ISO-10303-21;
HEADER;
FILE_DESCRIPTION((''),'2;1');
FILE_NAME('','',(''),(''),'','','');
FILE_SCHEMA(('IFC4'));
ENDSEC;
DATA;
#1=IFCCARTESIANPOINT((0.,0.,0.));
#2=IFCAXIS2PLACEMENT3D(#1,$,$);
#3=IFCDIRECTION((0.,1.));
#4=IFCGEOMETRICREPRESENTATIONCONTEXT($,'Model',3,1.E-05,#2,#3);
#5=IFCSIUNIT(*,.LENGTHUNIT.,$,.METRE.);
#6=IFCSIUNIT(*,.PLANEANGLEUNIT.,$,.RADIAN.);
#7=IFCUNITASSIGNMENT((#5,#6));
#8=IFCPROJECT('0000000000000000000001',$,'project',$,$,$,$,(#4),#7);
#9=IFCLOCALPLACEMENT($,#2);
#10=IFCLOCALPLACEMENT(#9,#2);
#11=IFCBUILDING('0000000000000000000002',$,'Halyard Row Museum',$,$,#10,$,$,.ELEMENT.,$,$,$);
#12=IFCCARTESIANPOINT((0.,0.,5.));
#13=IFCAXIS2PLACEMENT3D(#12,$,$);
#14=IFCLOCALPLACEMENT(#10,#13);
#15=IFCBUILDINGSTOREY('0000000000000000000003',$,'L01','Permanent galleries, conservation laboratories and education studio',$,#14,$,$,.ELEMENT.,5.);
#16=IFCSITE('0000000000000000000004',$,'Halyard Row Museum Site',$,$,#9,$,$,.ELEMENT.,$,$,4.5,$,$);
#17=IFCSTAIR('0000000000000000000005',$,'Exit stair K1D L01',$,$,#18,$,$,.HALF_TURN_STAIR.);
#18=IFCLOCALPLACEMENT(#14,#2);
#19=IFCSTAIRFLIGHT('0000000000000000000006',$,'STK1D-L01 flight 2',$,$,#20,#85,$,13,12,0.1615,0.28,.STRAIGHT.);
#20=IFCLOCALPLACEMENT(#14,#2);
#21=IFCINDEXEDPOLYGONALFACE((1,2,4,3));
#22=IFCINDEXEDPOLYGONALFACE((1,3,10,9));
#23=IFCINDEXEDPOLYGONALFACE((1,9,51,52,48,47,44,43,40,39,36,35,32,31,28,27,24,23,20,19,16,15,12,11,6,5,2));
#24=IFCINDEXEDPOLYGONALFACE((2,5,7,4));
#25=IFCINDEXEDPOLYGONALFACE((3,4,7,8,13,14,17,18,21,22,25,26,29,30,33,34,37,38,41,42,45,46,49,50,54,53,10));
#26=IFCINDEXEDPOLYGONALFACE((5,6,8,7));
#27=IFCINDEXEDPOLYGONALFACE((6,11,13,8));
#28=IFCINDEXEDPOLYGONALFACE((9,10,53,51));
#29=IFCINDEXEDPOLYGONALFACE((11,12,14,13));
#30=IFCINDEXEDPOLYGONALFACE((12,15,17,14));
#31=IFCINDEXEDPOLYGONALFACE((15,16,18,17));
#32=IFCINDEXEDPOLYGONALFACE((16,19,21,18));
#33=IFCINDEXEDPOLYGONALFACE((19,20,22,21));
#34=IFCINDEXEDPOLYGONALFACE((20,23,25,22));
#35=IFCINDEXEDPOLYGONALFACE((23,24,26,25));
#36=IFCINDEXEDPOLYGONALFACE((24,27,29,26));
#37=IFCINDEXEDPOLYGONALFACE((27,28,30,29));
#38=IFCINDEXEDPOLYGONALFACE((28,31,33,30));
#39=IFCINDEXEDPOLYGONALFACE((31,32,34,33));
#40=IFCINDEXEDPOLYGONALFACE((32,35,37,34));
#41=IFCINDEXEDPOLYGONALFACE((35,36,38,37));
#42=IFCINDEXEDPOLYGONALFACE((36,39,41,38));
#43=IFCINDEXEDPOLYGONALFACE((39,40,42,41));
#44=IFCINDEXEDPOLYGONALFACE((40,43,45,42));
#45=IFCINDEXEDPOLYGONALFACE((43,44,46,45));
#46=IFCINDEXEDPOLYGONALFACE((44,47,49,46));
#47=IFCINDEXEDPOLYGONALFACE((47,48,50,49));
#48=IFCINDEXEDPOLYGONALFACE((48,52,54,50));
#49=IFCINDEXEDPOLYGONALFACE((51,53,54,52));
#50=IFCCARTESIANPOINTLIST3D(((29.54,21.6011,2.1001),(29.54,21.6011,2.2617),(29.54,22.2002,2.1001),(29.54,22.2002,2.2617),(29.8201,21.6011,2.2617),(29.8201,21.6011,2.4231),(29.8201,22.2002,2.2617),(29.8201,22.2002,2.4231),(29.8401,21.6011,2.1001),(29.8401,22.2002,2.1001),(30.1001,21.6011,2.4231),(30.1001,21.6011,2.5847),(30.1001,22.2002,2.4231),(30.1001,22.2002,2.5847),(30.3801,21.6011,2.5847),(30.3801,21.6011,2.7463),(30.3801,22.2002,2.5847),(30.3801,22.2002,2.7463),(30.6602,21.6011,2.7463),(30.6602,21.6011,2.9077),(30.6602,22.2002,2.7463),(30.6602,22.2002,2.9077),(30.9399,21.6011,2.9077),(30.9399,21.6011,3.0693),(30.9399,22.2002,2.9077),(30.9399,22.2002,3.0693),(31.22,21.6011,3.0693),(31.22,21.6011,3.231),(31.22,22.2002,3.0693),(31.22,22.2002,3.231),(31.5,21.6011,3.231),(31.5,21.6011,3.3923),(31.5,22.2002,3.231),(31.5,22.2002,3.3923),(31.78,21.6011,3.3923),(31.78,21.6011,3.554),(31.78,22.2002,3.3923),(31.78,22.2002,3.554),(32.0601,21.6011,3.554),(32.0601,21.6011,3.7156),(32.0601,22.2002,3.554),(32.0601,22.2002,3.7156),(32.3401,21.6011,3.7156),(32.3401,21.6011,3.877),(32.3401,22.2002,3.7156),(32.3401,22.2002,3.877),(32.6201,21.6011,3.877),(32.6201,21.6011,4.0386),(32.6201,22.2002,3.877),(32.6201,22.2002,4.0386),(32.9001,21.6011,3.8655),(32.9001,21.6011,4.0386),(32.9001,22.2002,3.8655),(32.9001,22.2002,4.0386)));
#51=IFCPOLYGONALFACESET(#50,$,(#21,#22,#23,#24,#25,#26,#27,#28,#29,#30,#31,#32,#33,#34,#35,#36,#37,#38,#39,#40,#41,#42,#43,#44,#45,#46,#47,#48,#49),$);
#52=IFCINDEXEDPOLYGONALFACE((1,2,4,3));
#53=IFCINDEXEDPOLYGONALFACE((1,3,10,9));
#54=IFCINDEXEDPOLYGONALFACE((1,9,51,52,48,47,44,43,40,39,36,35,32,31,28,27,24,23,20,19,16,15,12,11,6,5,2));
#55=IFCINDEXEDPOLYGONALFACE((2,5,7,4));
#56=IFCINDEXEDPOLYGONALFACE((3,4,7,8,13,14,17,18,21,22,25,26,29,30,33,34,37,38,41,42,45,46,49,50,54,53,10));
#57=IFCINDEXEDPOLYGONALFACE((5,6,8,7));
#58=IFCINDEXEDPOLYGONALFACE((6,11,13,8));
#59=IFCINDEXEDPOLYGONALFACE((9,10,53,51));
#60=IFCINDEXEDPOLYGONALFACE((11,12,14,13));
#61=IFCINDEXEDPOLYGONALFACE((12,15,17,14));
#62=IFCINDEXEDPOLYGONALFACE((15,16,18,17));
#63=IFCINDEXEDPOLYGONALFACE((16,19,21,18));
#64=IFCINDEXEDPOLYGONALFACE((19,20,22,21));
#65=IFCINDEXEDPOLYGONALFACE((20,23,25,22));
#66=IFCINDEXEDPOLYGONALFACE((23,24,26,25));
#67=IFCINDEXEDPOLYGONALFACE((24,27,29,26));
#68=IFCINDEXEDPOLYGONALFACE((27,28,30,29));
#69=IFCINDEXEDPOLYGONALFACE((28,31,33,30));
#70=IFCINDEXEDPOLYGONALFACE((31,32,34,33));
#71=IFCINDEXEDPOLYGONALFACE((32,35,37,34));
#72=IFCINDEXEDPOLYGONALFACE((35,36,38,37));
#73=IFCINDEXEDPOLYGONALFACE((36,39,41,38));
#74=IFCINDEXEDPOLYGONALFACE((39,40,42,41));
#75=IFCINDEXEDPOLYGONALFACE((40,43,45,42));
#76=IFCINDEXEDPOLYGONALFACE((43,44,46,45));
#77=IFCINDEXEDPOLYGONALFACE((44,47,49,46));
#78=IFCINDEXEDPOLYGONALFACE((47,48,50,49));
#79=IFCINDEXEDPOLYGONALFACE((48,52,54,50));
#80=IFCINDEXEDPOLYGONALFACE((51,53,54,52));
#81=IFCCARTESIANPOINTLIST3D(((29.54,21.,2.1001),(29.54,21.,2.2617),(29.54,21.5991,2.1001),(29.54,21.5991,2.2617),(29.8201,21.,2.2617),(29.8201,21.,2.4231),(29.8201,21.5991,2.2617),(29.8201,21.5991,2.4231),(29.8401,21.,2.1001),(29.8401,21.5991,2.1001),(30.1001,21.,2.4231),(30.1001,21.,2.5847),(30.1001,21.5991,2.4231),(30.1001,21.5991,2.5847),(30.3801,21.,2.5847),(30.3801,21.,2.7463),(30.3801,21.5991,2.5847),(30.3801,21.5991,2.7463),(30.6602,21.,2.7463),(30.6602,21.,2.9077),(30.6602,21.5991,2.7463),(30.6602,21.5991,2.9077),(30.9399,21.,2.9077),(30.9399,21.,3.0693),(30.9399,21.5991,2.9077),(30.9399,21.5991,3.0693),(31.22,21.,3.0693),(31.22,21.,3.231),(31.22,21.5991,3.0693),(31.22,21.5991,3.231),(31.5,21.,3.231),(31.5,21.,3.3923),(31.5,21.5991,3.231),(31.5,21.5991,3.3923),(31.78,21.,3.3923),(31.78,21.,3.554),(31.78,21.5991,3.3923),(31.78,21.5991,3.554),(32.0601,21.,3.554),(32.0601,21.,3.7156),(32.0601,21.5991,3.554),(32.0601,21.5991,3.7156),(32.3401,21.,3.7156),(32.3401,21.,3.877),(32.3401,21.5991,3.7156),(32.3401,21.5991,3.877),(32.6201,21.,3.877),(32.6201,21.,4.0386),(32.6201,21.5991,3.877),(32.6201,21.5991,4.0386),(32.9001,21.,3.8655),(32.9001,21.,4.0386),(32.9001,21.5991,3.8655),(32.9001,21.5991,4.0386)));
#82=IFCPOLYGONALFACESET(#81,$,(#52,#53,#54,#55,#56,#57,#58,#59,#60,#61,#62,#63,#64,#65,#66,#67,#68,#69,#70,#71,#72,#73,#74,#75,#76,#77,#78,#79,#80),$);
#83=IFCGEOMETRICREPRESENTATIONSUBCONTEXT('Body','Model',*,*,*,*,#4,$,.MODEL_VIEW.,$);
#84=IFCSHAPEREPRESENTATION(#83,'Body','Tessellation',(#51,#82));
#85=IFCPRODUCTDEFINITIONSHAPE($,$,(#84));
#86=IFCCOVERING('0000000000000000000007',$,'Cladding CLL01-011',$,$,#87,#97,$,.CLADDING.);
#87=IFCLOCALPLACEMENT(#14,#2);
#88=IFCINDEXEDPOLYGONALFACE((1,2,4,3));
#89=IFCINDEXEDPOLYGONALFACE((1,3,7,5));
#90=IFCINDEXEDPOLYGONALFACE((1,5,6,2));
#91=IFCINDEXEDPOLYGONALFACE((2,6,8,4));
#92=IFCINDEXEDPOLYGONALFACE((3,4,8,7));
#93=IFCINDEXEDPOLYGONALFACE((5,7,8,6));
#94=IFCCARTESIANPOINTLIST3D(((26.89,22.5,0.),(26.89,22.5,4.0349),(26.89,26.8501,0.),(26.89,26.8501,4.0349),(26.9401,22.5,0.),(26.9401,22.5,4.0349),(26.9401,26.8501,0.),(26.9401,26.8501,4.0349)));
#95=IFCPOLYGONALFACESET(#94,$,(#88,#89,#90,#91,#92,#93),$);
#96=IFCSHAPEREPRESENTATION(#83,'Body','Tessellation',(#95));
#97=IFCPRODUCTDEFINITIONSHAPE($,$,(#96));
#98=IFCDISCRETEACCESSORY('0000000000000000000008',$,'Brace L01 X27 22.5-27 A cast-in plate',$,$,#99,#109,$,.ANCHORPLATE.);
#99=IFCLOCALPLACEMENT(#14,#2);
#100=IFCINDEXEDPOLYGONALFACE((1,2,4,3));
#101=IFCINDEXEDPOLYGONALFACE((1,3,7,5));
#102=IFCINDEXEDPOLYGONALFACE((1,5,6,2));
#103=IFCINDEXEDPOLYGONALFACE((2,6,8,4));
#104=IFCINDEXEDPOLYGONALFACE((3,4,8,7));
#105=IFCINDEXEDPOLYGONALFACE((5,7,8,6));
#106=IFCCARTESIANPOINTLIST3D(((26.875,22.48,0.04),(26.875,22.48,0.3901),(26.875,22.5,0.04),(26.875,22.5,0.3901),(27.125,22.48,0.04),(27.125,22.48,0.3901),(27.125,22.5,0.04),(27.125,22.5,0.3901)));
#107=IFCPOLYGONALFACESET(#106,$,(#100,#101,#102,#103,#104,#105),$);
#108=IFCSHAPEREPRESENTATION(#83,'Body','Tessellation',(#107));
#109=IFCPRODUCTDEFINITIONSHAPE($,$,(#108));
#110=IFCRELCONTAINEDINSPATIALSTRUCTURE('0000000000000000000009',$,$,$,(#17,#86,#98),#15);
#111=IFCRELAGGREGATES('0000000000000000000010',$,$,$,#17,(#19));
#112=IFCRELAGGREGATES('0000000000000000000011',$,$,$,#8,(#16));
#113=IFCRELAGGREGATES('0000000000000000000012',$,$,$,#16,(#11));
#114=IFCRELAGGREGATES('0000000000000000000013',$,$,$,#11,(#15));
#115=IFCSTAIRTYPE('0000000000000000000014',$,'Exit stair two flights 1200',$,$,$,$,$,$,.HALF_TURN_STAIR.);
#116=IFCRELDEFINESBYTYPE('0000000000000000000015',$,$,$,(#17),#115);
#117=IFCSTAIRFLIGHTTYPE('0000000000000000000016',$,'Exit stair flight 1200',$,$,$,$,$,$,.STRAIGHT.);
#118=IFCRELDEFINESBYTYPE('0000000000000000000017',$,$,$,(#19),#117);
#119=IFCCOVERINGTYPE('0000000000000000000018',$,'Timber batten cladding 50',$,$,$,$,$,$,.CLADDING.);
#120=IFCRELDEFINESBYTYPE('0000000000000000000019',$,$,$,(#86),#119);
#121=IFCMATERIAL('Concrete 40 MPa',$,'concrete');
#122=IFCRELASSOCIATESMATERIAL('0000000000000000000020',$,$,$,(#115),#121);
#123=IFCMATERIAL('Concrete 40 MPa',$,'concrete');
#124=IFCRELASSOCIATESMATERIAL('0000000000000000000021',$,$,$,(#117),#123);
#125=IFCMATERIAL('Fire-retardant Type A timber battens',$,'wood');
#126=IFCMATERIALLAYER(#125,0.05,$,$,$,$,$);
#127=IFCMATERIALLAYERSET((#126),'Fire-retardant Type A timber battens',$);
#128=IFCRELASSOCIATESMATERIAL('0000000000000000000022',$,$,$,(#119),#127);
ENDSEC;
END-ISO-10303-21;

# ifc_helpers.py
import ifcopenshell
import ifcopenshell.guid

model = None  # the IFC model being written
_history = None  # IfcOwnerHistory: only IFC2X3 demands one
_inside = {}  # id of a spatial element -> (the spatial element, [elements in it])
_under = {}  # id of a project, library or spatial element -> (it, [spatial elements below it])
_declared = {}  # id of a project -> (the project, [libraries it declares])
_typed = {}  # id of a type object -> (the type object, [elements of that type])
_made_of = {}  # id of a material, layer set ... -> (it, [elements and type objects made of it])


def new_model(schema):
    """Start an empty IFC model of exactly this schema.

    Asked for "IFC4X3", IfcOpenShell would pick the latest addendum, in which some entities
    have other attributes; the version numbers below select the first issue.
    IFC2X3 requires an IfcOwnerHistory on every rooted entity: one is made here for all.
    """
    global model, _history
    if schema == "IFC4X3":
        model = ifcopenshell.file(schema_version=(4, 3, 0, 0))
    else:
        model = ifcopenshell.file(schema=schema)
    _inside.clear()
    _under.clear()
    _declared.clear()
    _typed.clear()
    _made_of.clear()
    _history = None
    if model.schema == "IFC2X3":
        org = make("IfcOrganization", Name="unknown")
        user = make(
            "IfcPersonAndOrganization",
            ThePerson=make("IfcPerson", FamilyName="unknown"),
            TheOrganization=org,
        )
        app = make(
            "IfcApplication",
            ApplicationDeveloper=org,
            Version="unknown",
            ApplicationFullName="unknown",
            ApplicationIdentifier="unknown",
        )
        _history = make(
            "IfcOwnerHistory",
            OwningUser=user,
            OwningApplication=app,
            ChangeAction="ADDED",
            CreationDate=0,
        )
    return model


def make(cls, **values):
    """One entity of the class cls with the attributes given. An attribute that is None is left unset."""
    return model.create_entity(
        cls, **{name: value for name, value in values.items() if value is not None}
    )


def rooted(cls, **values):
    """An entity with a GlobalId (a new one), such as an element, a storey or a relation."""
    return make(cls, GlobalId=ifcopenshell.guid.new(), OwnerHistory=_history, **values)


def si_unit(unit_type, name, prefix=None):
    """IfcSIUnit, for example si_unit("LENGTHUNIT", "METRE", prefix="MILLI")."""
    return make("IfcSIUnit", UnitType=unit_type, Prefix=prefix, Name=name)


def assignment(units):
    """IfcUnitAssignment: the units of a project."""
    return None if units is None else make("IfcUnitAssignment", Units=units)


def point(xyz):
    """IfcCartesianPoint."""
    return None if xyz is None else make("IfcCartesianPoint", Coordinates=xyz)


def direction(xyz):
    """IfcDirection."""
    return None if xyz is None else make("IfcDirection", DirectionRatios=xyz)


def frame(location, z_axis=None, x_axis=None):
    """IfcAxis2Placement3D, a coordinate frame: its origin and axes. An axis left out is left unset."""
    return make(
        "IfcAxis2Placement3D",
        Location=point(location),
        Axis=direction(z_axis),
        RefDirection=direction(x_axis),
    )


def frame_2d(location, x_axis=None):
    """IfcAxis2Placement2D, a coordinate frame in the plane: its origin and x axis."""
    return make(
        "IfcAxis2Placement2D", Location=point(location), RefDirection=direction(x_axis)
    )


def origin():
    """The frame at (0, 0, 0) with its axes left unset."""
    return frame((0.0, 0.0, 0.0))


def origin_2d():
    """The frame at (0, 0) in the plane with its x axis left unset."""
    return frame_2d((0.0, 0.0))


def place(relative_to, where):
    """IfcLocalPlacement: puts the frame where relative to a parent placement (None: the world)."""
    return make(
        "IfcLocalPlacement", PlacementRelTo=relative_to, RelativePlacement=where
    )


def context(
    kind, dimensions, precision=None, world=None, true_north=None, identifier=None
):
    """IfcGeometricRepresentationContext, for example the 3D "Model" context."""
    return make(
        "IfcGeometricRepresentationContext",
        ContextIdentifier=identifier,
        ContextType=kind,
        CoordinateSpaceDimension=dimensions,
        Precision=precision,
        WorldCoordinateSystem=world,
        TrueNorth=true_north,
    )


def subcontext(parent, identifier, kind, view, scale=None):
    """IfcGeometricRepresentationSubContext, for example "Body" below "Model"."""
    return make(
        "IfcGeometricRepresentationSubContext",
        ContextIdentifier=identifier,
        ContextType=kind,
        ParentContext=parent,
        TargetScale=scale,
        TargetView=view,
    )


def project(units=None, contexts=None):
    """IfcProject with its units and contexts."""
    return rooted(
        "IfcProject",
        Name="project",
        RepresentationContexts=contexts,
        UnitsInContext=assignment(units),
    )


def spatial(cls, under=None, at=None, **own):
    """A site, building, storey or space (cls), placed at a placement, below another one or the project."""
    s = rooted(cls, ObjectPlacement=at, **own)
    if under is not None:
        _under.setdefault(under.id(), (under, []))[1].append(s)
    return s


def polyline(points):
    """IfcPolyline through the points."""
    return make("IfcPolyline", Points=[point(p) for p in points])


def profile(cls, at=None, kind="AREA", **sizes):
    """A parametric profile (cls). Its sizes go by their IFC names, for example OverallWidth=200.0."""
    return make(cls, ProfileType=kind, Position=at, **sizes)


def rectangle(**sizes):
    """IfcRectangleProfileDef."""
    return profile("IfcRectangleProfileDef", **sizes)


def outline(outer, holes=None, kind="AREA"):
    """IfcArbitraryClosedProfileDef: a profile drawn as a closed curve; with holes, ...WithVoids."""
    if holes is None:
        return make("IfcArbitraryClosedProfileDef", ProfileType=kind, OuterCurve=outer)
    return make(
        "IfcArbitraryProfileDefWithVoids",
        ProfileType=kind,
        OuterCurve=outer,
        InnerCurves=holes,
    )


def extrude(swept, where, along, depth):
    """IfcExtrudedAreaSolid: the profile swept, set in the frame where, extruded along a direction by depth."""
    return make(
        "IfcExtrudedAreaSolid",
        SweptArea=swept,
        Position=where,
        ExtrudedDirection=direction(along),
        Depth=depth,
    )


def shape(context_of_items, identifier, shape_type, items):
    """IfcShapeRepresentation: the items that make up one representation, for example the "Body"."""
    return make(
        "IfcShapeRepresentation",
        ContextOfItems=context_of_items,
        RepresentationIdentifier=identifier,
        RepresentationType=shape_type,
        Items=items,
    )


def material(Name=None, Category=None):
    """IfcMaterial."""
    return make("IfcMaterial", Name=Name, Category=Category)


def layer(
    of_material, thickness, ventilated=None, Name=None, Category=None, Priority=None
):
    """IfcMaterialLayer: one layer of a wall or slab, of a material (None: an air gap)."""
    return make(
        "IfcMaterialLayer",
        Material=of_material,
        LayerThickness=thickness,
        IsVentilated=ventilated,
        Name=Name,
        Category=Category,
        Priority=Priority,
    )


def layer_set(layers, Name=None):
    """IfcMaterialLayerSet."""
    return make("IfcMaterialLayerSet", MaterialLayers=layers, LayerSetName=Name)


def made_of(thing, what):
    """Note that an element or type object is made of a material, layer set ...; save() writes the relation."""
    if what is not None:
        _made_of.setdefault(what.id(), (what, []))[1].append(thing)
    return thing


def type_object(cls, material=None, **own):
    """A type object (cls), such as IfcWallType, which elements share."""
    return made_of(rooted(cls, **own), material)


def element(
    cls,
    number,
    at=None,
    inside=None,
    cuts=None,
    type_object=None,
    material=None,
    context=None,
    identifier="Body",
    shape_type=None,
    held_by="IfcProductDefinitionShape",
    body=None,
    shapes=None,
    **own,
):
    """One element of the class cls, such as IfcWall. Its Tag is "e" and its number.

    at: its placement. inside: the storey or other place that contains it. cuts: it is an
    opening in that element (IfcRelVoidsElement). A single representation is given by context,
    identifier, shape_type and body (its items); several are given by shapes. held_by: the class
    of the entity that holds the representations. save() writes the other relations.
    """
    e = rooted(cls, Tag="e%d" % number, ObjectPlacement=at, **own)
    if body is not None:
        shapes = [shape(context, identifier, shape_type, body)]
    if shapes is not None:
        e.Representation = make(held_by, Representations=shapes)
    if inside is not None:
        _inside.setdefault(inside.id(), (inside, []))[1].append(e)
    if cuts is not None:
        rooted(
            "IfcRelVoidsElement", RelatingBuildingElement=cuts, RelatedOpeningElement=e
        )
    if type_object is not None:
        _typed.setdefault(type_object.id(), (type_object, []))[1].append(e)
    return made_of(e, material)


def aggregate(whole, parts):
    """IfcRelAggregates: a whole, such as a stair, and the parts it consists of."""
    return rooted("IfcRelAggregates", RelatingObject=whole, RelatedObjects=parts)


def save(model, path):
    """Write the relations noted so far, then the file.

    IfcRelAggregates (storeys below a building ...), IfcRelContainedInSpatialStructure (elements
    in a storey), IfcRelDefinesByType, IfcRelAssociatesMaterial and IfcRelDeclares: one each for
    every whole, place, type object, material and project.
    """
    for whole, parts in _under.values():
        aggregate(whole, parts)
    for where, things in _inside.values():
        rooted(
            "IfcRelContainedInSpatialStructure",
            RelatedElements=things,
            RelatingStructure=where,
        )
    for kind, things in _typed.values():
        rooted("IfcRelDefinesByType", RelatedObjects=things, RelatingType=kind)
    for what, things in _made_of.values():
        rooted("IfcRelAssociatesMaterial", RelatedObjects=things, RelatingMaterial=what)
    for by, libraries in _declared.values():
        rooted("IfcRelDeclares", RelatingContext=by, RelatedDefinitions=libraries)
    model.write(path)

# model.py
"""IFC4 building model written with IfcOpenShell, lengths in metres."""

from ifc_helpers import new_model, si_unit, direction, frame, frame_2d, origin, origin_2d, place, context, subcontext, project, spatial, polyline, rectangle, outline, extrude, material, layer, layer_set, type_object, element, aggregate, save


model = new_model("IFC4")

# Units and contexts
model_context = context("Model", 3, precision=1e-05, world=origin(), true_north=direction((0.0, 1.0)))
body_context = subcontext(model_context, "Body", "Model", "MODEL_VIEW")
ifc_project = project(units=[si_unit("LENGTHUNIT", "METRE"), si_unit("PLANEANGLEUNIT", "RADIAN")], contexts=[model_context])

# Site, building, storey
site_placement = place(None, origin())
site = spatial("IfcSite", under=ifc_project, at=site_placement, Name="Halyard Row Museum Site", CompositionType="ELEMENT", RefElevation=4.5)
building_placement = place(site_placement, origin())
building = spatial("IfcBuilding", under=site, at=building_placement, Name="Halyard Row Museum", CompositionType="ELEMENT")
storey_placement = place(building_placement, frame((0.0, 0.0, 5.0)))
storey = spatial("IfcBuildingStorey", under=building, at=storey_placement, Name="L01", Description="Permanent galleries, conservation laboratories and education studio", CompositionType="ELEMENT", Elevation=5.0)

# Stair, stair flight
ifc_material_1 = material(Name="Concrete 40 MPa", Category="concrete")
stair_type = type_object("IfcStairType", Name="Exit stair two flights 1200", PredefinedType="HALF_TURN_STAIR", material=ifc_material_1)
stair_placement = place(storey_placement, origin())
stair = element("IfcStair", 1, at=stair_placement, inside=storey, type_object=stair_type, Name="Exit stair K1D L01", PredefinedType="HALF_TURN_STAIR")
ifc_material_2 = material(Name="Concrete 40 MPa", Category="concrete")
stair_flight_type = type_object("IfcStairFlightType", Name="Exit stair flight 1200", PredefinedType="STRAIGHT", material=ifc_material_2)
stair_flight_placement = place(storey_placement, frame((29.54, 21.6001, 2.1001), z_axis=(0.0, 0.0, 1.0), x_axis=(1.0, 0.0, 0.0)))
stair_flight = element("IfcStairFlight", 2, at=stair_flight_placement, type_object=stair_flight_type, Name="STK1D-L01 flight 2", NumberOfRisers=13, NumberOfTreads=12, PredefinedType="STRAIGHT", RiserHeight=0.1615, TreadLength=0.28, context=body_context, shape_type="SweptSolid", body=[
    extrude(outline(polyline([(0.0, 0.0), (0.0, 0.1616), (0.28, 0.1616), (0.28, 0.323), (0.5601, 0.323), (0.5601, 0.4846), (0.8401, 0.4846), (0.8401, 0.6462), (1.1201, 0.6462), (1.1201, 0.8076), (1.3999, 0.8076), (1.3999, 0.9692), (1.6799, 0.9692), (1.6799, 1.1309), (1.96, 1.1309), (1.96, 1.2922), (2.24, 1.2922), (2.24, 1.4539), (2.52, 1.4539), (2.52, 1.6155), (2.8, 1.6155), (2.8, 1.7769), (3.0801, 1.7769), (3.0801, 1.9385), (3.3601, 1.9385), (3.3601, 2.1001), (3.3601, 1.7654), (0.3, 0.0), (0.0, 0.0)])), frame((0.0, 0.6001, 0.0), z_axis=(0.0, -1.0, 0.0), x_axis=(1.0, 0.0, 0.0)), (0.0, 0.0, 1.0), 0.5991),
    extrude(outline(polyline([(0.0, 0.0), (0.0, 0.1616), (0.28, 0.1616), (0.28, 0.323), (0.5601, 0.323), (0.5601, 0.4846), (0.8401, 0.4846), (0.8401, 0.6462), (1.1201, 0.6462), (1.1201, 0.8076), (1.3999, 0.8076), (1.3999, 0.9692), (1.6799, 0.9692), (1.6799, 1.1309), (1.96, 1.1309), (1.96, 1.2922), (2.24, 1.2922), (2.24, 1.4539), (2.52, 1.4539), (2.52, 1.6155), (2.8, 1.6155), (2.8, 1.7769), (3.0801, 1.7769), (3.0801, 1.9385), (3.3601, 1.9385), (3.3601, 2.1001), (3.3601, 1.7654), (0.3, 0.0), (0.0, 0.0)])), frame((0.0, -0.001, 0.0), z_axis=(0.0, -1.0, 0.0), x_axis=(1.0, 0.0, 0.0)), (0.0, 0.0, 1.0), 0.5991),
])
aggregate(stair, [stair_flight])

# Covering
ifc_material_3 = material(Name="Fire-retardant Type A timber battens", Category="wood")
ifc_layer_1 = layer(ifc_material_3, 0.05)
ifc_layer_set_1 = layer_set([ifc_layer_1], Name="Fire-retardant Type A timber battens")
covering_type = type_object("IfcCoveringType", Name="Timber batten cladding 50", PredefinedType="CLADDING", material=ifc_layer_set_1)
covering_placement = place(storey_placement, frame((26.915, 26.8501, 0.0), z_axis=(0.0, 0.0, 1.0), x_axis=(0.0, -1.0, 0.0)))
element("IfcCovering", 3, at=covering_placement, inside=storey, type_object=covering_type, Name="Cladding CLL01-011", PredefinedType="CLADDING", context=body_context, shape_type="SweptSolid", body=[
    extrude(rectangle(XDim=4.3501, YDim=0.05, at=frame_2d((2.175, 0.0))), origin(), (0.0, 0.0, 1.0), 4.0349),
])

# Discrete accessory
discrete_accessory_placement = place(storey_placement, frame((27.0, 22.5, 0.2151), z_axis=(0.0, -1.0, 0.0), x_axis=(1.0, 0.0, 0.0)))
element("IfcDiscreteAccessory", 4, at=discrete_accessory_placement, inside=storey, Name="Brace L01 X27 22.5-27 A cast-in plate", PredefinedType="ANCHORPLATE", context=body_context, shape_type="SweptSolid", body=[
    extrude(rectangle(XDim=0.25, YDim=0.3501, at=origin_2d()), origin(), (0.0, 0.0, 1.0), 0.02),
])

save(model, "model.ifc")
